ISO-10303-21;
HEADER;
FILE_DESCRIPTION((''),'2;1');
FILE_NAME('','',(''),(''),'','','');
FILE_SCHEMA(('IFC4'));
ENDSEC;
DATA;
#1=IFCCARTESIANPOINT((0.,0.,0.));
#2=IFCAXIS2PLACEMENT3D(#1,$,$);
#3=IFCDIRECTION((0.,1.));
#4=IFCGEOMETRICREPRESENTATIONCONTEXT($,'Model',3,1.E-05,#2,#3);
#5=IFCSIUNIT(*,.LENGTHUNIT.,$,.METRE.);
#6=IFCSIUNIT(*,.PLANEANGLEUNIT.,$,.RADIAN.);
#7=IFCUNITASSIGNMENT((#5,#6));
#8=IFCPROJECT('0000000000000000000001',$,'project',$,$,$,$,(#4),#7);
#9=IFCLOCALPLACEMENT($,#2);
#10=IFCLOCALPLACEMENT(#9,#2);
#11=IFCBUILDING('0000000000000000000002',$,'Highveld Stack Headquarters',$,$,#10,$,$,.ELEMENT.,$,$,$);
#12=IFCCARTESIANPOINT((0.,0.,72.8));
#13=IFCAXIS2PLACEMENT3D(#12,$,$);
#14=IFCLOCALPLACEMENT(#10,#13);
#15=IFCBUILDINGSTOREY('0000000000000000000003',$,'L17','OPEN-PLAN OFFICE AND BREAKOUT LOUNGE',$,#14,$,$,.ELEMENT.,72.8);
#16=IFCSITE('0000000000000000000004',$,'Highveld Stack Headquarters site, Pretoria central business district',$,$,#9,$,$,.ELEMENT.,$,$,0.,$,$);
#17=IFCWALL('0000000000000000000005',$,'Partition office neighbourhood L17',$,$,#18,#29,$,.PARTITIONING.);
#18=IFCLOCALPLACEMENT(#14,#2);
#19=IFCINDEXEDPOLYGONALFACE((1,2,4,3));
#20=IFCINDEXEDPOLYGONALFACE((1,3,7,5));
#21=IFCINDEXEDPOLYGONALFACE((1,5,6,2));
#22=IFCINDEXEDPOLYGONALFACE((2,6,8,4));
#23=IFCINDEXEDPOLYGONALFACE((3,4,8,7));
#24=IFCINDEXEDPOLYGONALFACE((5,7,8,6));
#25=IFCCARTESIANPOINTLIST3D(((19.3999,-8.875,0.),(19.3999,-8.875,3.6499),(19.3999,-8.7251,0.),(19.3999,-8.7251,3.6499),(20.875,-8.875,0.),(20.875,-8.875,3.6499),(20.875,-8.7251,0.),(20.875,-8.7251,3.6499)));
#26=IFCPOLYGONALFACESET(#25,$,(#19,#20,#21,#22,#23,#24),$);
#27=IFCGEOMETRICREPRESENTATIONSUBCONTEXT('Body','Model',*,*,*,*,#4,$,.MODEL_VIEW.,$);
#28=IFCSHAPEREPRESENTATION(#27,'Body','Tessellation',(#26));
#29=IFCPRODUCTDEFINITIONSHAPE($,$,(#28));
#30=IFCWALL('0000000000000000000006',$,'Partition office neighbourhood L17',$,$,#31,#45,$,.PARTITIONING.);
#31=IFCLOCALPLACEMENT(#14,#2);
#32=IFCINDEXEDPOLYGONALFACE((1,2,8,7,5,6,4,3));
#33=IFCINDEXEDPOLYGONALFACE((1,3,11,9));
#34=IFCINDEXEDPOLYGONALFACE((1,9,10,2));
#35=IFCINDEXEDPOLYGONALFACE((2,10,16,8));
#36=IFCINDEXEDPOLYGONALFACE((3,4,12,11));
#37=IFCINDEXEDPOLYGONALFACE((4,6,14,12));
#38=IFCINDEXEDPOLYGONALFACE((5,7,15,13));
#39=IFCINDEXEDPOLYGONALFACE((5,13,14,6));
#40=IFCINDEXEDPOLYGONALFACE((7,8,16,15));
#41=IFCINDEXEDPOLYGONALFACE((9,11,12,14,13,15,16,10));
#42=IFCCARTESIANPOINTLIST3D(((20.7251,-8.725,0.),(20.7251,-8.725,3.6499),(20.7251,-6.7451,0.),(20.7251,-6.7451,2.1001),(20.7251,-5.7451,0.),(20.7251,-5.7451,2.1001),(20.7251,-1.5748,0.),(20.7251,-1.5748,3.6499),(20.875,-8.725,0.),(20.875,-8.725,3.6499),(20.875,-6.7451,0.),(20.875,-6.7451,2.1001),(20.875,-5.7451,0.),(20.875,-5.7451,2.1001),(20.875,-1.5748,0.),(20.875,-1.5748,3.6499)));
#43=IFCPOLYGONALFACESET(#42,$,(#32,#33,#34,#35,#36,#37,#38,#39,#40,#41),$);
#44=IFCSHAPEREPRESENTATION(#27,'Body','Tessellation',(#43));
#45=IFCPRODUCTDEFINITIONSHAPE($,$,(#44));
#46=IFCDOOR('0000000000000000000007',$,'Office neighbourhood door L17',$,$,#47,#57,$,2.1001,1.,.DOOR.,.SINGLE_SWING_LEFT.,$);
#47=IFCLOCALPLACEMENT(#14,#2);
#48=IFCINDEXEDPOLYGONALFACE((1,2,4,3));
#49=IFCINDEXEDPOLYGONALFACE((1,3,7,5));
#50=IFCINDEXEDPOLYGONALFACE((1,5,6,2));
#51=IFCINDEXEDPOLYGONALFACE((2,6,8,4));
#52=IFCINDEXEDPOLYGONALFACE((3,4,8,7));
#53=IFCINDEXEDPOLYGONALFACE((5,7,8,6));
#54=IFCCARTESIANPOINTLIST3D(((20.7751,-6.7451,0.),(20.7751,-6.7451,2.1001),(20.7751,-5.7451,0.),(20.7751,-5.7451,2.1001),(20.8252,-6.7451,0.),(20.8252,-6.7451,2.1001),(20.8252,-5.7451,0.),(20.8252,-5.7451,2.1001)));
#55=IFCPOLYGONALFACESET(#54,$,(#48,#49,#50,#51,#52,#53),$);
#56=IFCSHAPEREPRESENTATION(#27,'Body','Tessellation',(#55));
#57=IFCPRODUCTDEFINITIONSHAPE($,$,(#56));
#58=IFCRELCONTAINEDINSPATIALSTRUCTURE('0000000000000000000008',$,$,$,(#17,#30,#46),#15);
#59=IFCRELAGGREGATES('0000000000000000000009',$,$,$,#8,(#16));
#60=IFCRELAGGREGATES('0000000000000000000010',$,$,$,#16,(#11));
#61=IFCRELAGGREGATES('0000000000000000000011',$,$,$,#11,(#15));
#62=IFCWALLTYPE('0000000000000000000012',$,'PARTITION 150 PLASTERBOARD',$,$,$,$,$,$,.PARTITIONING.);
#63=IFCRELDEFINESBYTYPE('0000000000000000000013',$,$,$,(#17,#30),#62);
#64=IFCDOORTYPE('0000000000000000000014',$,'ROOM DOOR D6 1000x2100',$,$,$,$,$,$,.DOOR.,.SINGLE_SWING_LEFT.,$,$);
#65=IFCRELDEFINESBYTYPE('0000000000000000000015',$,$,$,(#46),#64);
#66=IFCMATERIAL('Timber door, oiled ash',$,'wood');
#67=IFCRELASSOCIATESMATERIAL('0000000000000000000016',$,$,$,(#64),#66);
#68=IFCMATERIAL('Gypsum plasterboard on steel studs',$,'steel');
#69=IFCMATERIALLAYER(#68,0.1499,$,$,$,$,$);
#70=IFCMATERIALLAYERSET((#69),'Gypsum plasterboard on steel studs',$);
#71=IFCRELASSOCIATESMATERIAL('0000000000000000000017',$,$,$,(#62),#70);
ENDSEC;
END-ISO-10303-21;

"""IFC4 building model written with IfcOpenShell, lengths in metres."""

from ifc_helpers import new_model, si_unit, direction, frame, frame_2d, origin, place, context, subcontext, project, spatial, rectangle, extrude, material, layer, layer_set, type_object, element, fill, save


model = new_model("IFC4")

# Units and contexts
model_context = context("Model", 3, precision=1e-05, world=origin(), true_north=direction((0.0, 1.0)))
body_context = subcontext(model_context, "Body", "Model", "MODEL_VIEW")
ifc_project = project(units=[si_unit("LENGTHUNIT", "METRE"), si_unit("PLANEANGLEUNIT", "RADIAN")], contexts=[model_context])

# Site, building, storey
site_placement = place(None, origin())
site = spatial("IfcSite", under=ifc_project, at=site_placement, Name="Highveld Stack Headquarters site, Pretoria central business district", CompositionType="ELEMENT", RefElevation=0.0)
building_placement = place(site_placement, origin())
building = spatial("IfcBuilding", under=site, at=building_placement, Name="Highveld Stack Headquarters", CompositionType="ELEMENT")
storey_placement = place(building_placement, frame((0.0, 0.0, 72.8)))
storey = spatial("IfcBuildingStorey", under=building, at=storey_placement, Name="L17", Description="OPEN-PLAN OFFICE AND BREAKOUT LOUNGE", CompositionType="ELEMENT", Elevation=72.8)

# Shared definitions
ifc_material_1 = material(Name="Timber door, oiled ash", Category="wood")
door_type_1 = type_object("IfcDoorType", Name="ROOM DOOR D6 1000x2100", OperationType="SINGLE_SWING_LEFT", PredefinedType="DOOR", material=ifc_material_1)

# Shared definitions
ifc_material_2 = material(Name="Gypsum plasterboard on steel studs", Category="steel")
ifc_layer_1 = layer(ifc_material_2, 0.1499)
ifc_layer_set_1 = layer_set([ifc_layer_1], Name="Gypsum plasterboard on steel studs")
wall_type_1 = type_object("IfcWallType", Name="PARTITION 150 PLASTERBOARD", PredefinedType="PARTITIONING", material=ifc_layer_set_1)

# Wall
wall_1_placement = place(storey_placement, frame((19.3999, -8.8, 0.0), z_axis=(0.0, 0.0, 1.0), x_axis=(1.0, 0.0, 0.0)))
element("IfcWall", 1, at=wall_1_placement, inside=storey, type_object=wall_type_1, Name="Partition office neighbourhood L17", PredefinedType="PARTITIONING", context=body_context, shape_type="SweptSolid", body=[
    extrude(rectangle(XDim=1.4751, YDim=0.1499, at=frame_2d((0.7375, 0.0))), origin(), (0.0, 0.0, 1.0), 3.6499),
])

# Wall, opening, door
wall_2_placement = place(storey_placement, frame((20.8, -8.7251, 0.0), z_axis=(0.0, 0.0, 1.0), x_axis=(0.0, 1.0, 0.0)))
wall_2 = element("IfcWall", 2, at=wall_2_placement, inside=storey, type_object=wall_type_1, Name="Partition office neighbourhood L17", PredefinedType="PARTITIONING", context=body_context, shape_type="SweptSolid", body=[
    extrude(rectangle(XDim=7.1501, YDim=0.1499, at=frame_2d((3.5752, 0.0))), origin(), (0.0, 0.0, 1.0), 3.6499),
])
opening_1_placement = place(wall_2_placement, frame((1.98, 0.0, 0.0)))
opening_1 = element("IfcOpeningElement", 3, at=opening_1_placement, cuts=wall_2, PredefinedType="OPENING", context=body_context, shape_type="SweptSolid", body=[
    extrude(rectangle(XDim=1.0, YDim=2.1001, at=frame_2d((0.5, 1.05))), frame((0.0, 0.085, 0.0), z_axis=(0.0, -1.0, 0.0), x_axis=(1.0, 0.0, 0.0)), (0.0, 0.0, 1.0), 0.1699),
])
door_1_placement = place(opening_1_placement, origin())
door_1 = element("IfcDoor", 4, at=door_1_placement, inside=storey, type_object=door_type_1, Name="Office neighbourhood door L17", OperationType="SINGLE_SWING_LEFT", OverallHeight=2.1001, OverallWidth=1.0, PredefinedType="DOOR", context=body_context, shape_type="SweptSolid", body=[
    extrude(rectangle(XDim=1.0, YDim=2.1001, at=frame_2d((0.5, 1.05))), frame((0.0, 0.0249, 0.0), z_axis=(0.0, -1.0, 0.0), x_axis=(1.0, 0.0, 0.0)), (0.0, 0.0, 1.0), 0.05),
])
fill(opening_1, door_1)

save(model, "model.ifc")
